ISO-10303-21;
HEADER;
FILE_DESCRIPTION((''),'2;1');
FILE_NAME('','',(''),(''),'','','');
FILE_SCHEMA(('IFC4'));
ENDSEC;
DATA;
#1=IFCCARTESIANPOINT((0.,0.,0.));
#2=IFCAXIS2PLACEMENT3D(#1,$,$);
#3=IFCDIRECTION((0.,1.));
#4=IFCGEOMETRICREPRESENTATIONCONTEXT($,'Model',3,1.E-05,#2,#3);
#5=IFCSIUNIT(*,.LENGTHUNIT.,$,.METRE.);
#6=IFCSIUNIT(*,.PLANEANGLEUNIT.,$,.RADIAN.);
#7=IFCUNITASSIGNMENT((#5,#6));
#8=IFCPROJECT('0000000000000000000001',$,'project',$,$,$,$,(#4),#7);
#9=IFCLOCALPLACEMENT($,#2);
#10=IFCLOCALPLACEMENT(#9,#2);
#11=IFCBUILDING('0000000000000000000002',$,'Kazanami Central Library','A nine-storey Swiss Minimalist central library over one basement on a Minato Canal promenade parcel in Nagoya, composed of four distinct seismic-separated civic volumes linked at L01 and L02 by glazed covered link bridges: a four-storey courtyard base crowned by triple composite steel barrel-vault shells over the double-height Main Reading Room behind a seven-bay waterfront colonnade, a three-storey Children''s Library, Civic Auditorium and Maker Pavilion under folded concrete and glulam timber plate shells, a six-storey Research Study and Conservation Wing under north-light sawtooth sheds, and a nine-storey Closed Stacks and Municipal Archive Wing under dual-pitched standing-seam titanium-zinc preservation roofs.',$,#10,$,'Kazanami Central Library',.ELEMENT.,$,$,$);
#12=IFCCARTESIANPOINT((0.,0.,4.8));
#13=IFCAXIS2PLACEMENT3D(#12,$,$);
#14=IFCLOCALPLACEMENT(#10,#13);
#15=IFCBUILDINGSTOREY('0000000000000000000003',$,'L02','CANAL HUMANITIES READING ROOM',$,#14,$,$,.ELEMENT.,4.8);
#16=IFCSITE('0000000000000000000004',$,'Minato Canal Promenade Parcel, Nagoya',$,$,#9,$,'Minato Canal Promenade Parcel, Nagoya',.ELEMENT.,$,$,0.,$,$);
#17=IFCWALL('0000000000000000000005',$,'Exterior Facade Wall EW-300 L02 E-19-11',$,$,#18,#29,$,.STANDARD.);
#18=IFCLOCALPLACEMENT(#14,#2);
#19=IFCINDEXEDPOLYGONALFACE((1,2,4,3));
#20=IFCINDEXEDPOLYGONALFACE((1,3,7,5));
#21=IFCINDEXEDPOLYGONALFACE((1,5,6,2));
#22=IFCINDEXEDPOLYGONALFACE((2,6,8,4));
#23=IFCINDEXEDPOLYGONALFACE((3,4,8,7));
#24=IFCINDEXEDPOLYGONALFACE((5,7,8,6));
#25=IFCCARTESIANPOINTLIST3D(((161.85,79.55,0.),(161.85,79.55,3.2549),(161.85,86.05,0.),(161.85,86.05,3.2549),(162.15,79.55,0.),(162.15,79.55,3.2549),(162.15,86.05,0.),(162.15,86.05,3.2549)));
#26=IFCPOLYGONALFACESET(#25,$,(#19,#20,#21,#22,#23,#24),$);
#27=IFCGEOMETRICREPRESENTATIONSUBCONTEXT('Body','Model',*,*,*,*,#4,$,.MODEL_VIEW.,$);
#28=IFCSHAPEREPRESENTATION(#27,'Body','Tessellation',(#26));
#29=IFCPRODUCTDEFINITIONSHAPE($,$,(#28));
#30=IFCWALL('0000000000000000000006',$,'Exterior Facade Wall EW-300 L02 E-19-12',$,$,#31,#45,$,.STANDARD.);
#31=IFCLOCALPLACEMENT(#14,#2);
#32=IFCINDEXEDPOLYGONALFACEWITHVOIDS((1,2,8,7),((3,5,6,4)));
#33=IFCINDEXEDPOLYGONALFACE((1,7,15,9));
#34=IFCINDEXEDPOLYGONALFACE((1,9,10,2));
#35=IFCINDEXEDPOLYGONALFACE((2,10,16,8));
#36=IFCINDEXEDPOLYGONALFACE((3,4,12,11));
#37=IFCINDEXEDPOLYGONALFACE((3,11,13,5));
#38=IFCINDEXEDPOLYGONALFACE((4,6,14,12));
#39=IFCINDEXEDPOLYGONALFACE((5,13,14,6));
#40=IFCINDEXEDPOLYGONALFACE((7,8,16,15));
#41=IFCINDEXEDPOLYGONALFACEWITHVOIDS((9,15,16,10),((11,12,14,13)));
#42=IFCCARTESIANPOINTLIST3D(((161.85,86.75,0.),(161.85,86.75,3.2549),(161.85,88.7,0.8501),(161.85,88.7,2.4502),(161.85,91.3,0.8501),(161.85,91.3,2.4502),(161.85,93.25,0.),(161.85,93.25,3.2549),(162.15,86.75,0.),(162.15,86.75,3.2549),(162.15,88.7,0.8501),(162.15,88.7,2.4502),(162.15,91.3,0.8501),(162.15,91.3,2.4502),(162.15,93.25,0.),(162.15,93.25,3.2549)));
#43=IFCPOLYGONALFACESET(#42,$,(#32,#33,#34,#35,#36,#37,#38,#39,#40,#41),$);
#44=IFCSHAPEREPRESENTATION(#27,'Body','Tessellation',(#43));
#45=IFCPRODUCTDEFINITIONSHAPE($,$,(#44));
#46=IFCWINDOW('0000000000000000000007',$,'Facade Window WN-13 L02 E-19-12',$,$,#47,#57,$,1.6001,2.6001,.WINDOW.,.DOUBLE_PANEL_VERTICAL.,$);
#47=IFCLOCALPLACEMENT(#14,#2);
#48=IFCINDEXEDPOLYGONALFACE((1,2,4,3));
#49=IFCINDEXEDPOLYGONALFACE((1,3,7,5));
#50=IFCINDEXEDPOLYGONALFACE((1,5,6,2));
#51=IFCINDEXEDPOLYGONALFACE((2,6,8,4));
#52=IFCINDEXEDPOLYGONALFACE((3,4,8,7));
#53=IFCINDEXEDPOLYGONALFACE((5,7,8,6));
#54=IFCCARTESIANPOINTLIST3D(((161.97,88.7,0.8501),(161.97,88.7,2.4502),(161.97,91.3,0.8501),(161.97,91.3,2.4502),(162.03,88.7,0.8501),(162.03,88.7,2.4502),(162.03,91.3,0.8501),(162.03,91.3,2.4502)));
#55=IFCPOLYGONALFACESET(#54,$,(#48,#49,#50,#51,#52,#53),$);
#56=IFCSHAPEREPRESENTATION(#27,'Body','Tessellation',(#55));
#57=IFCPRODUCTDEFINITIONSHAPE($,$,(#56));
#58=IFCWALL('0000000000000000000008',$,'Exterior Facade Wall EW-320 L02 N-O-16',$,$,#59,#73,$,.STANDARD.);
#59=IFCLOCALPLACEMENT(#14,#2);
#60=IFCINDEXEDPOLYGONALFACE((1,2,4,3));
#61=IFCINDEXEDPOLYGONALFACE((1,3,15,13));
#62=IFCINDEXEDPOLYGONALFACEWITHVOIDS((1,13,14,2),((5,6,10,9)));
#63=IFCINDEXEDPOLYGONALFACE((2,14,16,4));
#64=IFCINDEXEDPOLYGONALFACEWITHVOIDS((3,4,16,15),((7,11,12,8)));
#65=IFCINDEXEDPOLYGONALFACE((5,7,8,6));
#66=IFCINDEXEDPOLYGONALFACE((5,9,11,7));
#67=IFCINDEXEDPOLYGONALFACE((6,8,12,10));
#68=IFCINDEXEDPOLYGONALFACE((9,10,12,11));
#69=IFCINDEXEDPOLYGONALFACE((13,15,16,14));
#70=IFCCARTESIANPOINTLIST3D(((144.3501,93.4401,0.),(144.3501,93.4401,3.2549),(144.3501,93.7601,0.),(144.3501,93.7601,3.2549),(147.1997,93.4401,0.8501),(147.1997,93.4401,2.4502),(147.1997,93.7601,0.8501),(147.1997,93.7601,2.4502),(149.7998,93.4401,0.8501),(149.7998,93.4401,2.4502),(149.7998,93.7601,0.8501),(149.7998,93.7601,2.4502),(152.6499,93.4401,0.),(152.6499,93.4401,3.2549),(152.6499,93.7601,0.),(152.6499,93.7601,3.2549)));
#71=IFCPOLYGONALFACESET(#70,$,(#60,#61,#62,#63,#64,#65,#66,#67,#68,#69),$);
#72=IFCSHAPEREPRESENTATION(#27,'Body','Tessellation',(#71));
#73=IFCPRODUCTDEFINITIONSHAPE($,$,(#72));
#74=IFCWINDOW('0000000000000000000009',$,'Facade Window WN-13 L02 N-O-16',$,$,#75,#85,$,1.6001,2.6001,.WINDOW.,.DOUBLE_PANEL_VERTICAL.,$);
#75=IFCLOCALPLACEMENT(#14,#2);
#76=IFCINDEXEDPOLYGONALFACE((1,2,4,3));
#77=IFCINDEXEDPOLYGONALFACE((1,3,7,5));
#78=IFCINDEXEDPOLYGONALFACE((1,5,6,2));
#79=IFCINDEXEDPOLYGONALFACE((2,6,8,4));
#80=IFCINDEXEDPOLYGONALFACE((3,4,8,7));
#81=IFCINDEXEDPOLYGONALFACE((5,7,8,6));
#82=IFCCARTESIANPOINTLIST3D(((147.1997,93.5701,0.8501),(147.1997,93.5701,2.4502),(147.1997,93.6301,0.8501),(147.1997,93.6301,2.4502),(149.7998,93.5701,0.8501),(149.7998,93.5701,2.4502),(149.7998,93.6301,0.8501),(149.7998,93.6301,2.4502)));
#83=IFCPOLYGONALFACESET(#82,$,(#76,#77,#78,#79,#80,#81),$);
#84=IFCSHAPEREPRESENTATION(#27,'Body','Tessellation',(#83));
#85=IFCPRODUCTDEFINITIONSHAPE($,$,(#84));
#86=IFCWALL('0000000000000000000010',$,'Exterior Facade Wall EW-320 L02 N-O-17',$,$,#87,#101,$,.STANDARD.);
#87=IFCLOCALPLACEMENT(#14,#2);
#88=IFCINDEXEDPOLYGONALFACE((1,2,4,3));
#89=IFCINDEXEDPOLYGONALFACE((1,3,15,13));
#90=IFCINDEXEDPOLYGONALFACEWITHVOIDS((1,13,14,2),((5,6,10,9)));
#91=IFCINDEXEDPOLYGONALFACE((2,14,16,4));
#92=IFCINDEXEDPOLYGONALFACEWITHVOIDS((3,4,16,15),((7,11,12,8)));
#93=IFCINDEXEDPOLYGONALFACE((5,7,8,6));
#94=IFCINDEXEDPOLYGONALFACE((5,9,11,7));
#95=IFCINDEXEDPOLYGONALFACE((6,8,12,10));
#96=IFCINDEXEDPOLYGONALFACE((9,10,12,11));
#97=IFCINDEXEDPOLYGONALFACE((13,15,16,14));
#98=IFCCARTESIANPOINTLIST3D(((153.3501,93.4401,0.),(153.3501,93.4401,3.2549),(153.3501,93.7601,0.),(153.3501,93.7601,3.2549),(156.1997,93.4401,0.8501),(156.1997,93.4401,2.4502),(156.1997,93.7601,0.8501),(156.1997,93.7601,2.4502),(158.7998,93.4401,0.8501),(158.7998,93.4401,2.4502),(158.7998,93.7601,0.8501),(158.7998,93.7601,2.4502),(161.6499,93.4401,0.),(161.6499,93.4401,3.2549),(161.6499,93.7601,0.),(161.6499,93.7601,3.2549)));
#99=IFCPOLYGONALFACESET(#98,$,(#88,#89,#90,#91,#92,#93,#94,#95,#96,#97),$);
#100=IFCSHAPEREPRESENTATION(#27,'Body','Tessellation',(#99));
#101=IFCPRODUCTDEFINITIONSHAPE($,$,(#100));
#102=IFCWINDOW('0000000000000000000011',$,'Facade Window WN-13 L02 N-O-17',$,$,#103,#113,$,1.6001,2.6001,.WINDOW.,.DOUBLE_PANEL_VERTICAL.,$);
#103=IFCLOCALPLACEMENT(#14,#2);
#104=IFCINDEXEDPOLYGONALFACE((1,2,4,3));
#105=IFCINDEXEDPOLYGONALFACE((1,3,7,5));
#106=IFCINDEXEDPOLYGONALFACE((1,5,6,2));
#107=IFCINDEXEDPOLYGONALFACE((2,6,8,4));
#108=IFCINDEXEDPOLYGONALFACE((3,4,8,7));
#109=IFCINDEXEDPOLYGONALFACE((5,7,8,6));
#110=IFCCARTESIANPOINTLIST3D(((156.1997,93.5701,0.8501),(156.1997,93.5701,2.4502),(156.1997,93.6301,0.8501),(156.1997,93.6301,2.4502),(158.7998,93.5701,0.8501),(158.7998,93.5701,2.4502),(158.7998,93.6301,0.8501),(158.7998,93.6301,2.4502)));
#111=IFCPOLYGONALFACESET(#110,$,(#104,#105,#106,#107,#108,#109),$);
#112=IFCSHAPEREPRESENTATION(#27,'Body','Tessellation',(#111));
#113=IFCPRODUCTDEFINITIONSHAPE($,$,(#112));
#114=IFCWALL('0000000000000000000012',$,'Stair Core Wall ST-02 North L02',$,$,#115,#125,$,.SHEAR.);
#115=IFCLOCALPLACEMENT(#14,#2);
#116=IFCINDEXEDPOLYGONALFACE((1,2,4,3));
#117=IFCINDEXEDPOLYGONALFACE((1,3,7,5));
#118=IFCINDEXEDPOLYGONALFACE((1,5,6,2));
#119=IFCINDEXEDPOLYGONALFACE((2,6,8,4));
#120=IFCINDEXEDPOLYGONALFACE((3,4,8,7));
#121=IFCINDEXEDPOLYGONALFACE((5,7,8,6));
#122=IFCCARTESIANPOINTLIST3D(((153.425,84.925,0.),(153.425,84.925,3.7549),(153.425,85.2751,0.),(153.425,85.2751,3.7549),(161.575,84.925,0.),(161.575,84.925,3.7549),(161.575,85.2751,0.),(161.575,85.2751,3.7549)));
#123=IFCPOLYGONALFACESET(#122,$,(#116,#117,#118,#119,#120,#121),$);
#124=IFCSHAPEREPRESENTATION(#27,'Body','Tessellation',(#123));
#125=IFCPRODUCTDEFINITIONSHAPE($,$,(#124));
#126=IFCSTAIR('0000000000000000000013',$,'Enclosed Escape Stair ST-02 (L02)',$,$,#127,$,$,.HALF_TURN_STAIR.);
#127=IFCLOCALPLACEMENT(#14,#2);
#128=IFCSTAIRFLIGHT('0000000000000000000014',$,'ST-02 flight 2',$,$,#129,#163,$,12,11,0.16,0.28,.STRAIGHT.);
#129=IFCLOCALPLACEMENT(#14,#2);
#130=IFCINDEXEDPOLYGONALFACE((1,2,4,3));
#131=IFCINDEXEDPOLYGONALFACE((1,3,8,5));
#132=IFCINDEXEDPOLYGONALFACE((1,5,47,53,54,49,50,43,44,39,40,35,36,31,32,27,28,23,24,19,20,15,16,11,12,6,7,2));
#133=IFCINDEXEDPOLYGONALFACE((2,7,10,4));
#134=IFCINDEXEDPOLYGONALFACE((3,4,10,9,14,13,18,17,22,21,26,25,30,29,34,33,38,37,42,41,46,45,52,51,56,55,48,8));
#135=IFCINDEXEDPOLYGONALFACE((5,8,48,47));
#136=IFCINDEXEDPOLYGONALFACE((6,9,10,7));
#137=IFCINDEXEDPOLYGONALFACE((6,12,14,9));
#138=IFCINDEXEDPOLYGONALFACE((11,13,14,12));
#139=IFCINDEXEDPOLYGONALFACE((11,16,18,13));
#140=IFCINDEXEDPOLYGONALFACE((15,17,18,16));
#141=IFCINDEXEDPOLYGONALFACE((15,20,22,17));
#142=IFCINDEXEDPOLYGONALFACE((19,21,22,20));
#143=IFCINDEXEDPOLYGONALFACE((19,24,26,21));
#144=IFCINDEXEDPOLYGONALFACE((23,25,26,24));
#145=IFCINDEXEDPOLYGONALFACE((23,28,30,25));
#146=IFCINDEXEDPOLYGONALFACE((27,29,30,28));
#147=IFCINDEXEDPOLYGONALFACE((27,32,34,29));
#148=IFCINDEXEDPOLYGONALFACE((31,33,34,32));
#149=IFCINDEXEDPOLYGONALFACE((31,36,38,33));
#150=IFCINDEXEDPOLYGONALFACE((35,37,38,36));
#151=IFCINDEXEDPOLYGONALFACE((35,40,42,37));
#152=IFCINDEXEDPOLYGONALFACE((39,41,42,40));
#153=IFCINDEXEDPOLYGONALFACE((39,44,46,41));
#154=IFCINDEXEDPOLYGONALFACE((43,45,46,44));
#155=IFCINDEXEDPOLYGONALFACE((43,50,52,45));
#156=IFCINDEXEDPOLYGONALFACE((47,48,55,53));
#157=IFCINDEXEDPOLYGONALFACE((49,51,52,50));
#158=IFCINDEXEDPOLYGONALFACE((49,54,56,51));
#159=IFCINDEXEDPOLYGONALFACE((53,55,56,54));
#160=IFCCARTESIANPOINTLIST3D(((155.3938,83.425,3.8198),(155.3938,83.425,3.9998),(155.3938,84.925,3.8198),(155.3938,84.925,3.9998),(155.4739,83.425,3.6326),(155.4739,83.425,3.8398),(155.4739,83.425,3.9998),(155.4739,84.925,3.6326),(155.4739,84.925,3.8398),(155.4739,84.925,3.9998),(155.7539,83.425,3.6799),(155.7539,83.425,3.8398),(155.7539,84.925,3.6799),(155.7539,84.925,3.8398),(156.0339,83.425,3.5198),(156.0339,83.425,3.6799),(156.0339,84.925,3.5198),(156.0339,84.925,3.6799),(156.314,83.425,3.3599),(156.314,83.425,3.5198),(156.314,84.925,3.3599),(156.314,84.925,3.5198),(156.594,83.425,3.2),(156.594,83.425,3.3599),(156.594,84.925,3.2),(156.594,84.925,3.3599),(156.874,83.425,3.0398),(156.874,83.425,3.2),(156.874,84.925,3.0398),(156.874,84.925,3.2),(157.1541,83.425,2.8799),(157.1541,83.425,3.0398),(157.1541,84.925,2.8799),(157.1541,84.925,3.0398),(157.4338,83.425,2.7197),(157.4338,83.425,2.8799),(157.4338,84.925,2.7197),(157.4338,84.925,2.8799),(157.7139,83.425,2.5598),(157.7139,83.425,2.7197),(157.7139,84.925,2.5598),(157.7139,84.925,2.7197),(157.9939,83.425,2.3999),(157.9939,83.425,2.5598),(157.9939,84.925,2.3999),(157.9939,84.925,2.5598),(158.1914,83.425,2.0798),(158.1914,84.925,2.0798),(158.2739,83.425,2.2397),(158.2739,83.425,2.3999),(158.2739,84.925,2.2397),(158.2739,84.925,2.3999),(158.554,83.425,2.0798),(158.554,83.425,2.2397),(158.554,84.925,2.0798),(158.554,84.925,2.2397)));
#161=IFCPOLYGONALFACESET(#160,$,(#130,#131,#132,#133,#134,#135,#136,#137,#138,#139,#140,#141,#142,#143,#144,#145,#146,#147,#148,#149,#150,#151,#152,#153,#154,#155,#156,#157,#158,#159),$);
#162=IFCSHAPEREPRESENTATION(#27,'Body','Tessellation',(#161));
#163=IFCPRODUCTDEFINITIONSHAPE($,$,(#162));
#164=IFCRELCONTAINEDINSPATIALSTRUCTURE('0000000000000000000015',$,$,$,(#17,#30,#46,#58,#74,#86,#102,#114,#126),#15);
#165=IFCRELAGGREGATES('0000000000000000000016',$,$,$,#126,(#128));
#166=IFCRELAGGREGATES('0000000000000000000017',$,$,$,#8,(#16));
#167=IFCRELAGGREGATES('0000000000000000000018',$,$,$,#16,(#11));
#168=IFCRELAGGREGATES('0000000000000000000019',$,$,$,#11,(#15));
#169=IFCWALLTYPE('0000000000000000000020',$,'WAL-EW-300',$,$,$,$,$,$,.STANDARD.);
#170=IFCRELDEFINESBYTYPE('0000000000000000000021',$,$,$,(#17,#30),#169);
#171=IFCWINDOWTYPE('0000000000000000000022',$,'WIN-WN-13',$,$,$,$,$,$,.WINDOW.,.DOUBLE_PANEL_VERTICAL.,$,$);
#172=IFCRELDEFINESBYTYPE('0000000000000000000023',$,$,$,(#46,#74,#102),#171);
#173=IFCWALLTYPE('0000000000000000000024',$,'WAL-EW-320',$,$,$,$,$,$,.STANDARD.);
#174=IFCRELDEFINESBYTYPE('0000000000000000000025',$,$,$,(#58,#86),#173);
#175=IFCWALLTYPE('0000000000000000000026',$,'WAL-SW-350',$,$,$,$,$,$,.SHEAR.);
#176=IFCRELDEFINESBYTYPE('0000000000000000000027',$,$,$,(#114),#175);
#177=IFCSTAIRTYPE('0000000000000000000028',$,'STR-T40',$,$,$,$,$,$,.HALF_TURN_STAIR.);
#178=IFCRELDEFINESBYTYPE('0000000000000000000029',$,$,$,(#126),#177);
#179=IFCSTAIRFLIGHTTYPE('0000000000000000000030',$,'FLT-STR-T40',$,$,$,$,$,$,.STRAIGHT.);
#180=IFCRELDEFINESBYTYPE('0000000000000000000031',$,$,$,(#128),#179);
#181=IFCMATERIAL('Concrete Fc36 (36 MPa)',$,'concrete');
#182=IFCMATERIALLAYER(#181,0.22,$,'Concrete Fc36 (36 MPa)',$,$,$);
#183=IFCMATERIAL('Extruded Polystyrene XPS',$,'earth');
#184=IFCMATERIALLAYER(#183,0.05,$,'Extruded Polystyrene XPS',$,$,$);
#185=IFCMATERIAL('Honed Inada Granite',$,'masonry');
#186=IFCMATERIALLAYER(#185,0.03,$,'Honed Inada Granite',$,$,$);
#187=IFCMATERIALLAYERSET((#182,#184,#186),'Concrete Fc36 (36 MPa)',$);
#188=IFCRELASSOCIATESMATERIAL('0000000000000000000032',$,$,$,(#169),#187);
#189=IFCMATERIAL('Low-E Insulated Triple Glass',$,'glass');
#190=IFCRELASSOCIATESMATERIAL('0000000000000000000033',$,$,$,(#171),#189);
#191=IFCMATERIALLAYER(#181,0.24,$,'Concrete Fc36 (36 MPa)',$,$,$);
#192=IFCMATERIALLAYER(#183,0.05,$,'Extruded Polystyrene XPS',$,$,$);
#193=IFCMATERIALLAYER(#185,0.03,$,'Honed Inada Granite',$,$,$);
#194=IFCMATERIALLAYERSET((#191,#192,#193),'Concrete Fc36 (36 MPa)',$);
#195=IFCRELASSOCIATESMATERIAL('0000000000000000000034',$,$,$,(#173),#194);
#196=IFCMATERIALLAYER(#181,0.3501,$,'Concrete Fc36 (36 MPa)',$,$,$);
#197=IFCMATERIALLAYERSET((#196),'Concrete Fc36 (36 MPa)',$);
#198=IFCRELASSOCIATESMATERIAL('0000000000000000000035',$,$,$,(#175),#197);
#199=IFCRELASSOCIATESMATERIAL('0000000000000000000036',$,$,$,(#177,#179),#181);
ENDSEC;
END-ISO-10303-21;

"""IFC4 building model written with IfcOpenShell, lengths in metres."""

from ifc_helpers import new_model, si_unit, direction, frame, frame_2d, origin, place, context, subcontext, project, spatial, polyline, rectangle, outline, extrude, material, layer, layer_set, type_object, element, fill, aggregate, save


model = new_model("IFC4")

# Units and contexts
model_context = context("Model", 3, precision=1e-05, world=origin(), true_north=direction((0.0, 1.0)))
body_context = subcontext(model_context, "Body", "Model", "MODEL_VIEW")
ifc_project = project(units=[si_unit("LENGTHUNIT", "METRE"), si_unit("PLANEANGLEUNIT", "RADIAN")], contexts=[model_context])

# Site, building, storey
site_placement = place(None, origin())
site = spatial("IfcSite", under=ifc_project, at=site_placement, Name="Minato Canal Promenade Parcel, Nagoya", LongName="Minato Canal Promenade Parcel, Nagoya", CompositionType="ELEMENT", RefElevation=0.0)
building_placement = place(site_placement, origin())
building = spatial("IfcBuilding", under=site, at=building_placement, Name="Kazanami Central Library", Description="A nine-storey Swiss Minimalist central library over one basement on a Minato Canal promenade parcel in Nagoya, composed of four distinct seismic-separated civic volumes linked at L01 and L02 by glazed covered link bridges: a four-storey courtyard base crowned by triple composite steel barrel-vault shells over the double-height Main Reading Room behind a seven-bay waterfront colonnade, a three-storey Children's Library, Civic Auditorium and Maker Pavilion under folded concrete and glulam timber plate shells, a six-storey Research Study and Conservation Wing under north-light sawtooth sheds, and a nine-storey Closed Stacks and Municipal Archive Wing under dual-pitched standing-seam titanium-zinc preservation roofs.", LongName="Kazanami Central Library", CompositionType="ELEMENT")
storey_placement = place(building_placement, frame((0.0, 0.0, 4.8)))
storey = spatial("IfcBuildingStorey", under=building, at=storey_placement, Name="L02", Description="CANAL HUMANITIES READING ROOM", CompositionType="ELEMENT", Elevation=4.8)

# Wall
ifc_material_1 = material(Name="Concrete Fc36 (36 MPa)", Category="concrete")
ifc_layer_1 = layer(ifc_material_1, 0.22, Name="Concrete Fc36 (36 MPa)")
ifc_material_2 = material(Name="Extruded Polystyrene XPS", Category="earth")
ifc_layer_2 = layer(ifc_material_2, 0.05, Name="Extruded Polystyrene XPS")
ifc_material_3 = material(Name="Honed Inada Granite", Category="masonry")
ifc_layer_3 = layer(ifc_material_3, 0.03, Name="Honed Inada Granite")
ifc_layer_set_1 = layer_set([ifc_layer_1, ifc_layer_2, ifc_layer_3], Name="Concrete Fc36 (36 MPa)")
wall_type_1 = type_object("IfcWallType", Name="WAL-EW-300", PredefinedType="STANDARD", material=ifc_layer_set_1)
wall_1_placement = place(storey_placement, frame((162.0, 86.05, 0.0), z_axis=(0.0, 0.0, 1.0), x_axis=(0.0, -1.0, 0.0)))
element("IfcWall", 1, at=wall_1_placement, inside=storey, type_object=wall_type_1, Name="Exterior Facade Wall EW-300 L02 E-19-11", PredefinedType="STANDARD", context=body_context, shape_type="SweptSolid", body=[
    extrude(rectangle(XDim=6.5, YDim=0.3, at=frame_2d((3.25, 0.0))), origin(), (0.0, 0.0, 1.0), 3.2549),
])

# Walls, openings, windows
wall_2_placement = place(storey_placement, frame((162.0, 93.25, 0.0), z_axis=(0.0, 0.0, 1.0), x_axis=(0.0, -1.0, 0.0)))
wall_2 = element("IfcWall", 2, at=wall_2_placement, inside=storey, type_object=wall_type_1, Name="Exterior Facade Wall EW-300 L02 E-19-12", PredefinedType="STANDARD", context=body_context, shape_type="SweptSolid", body=[
    extrude(rectangle(XDim=6.5, YDim=0.3, at=frame_2d((3.25, 0.0))), origin(), (0.0, 0.0, 1.0), 3.2549),
])
opening_1_placement = place(wall_2_placement, frame((1.95, 0.0, 0.8501)))
opening_1 = element("IfcOpeningElement", 3, at=opening_1_placement, cuts=wall_2, PredefinedType="OPENING", context=body_context, shape_type="SweptSolid", body=[
    extrude(rectangle(XDim=2.6001, YDim=1.6001, at=frame_2d((1.3, 0.8))), frame((0.0, 0.1621, 0.0), z_axis=(0.0, -1.0, 0.0), x_axis=(1.0, 0.0, 0.0)), (0.0, 0.0, 1.0), 0.324),
])
ifc_material_4 = material(Name="Low-E Insulated Triple Glass", Category="glass")
window_type = type_object("IfcWindowType", Name="WIN-WN-13", PartitioningType="DOUBLE_PANEL_VERTICAL", PredefinedType="WINDOW", material=ifc_material_4)
window_1_placement = place(opening_1_placement, origin())
window_1 = element("IfcWindow", 4, at=window_1_placement, inside=storey, type_object=window_type, Name="Facade Window WN-13 L02 E-19-12", OverallHeight=1.6001, OverallWidth=2.6001, PartitioningType="DOUBLE_PANEL_VERTICAL", PredefinedType="WINDOW", context=body_context, shape_type="SweptSolid", body=[
    extrude(rectangle(XDim=2.6001, YDim=1.6001, at=frame_2d((1.3, 0.8))), frame((0.0, 0.03, 0.0), z_axis=(0.0, -1.0, 0.0), x_axis=(1.0, 0.0, 0.0)), (0.0, 0.0, 1.0), 0.0601),
])
fill(opening_1, window_1)
ifc_layer_4 = layer(ifc_material_1, 0.24, Name="Concrete Fc36 (36 MPa)")
ifc_layer_5 = layer(ifc_material_2, 0.05, Name="Extruded Polystyrene XPS")
ifc_layer_6 = layer(ifc_material_3, 0.03, Name="Honed Inada Granite")
ifc_layer_set_2 = layer_set([ifc_layer_4, ifc_layer_5, ifc_layer_6], Name="Concrete Fc36 (36 MPa)")
wall_type_2 = type_object("IfcWallType", Name="WAL-EW-320", PredefinedType="STANDARD", material=ifc_layer_set_2)
wall_3_placement = place(storey_placement, frame((152.6499, 93.6001, 0.0), z_axis=(0.0, 0.0, 1.0), x_axis=(-1.0, 0.0, 0.0)))
wall_3 = element("IfcWall", 5, at=wall_3_placement, inside=storey, type_object=wall_type_2, Name="Exterior Facade Wall EW-320 L02 N-O-16", PredefinedType="STANDARD", context=body_context, shape_type="SweptSolid", body=[
    extrude(rectangle(XDim=8.2998, YDim=0.3201, at=frame_2d((4.1499, 0.0))), origin(), (0.0, 0.0, 1.0), 3.2549),
])
opening_2_placement = place(wall_3_placement, frame((2.8501, 0.0, 0.8501)))
opening_2 = element("IfcOpeningElement", 6, at=opening_2_placement, cuts=wall_3, PredefinedType="OPENING", context=body_context, shape_type="SweptSolid", body=[
    extrude(rectangle(XDim=2.6001, YDim=1.6001, at=frame_2d((1.3, 0.8))), frame((0.0, 0.1719, 0.0), z_axis=(0.0, -1.0, 0.0), x_axis=(1.0, 0.0, 0.0)), (0.0, 0.0, 1.0), 0.344),
])
window_2_placement = place(opening_2_placement, origin())
window_2 = element("IfcWindow", 7, at=window_2_placement, inside=storey, type_object=window_type, Name="Facade Window WN-13 L02 N-O-16", OverallHeight=1.6001, OverallWidth=2.6001, PartitioningType="DOUBLE_PANEL_VERTICAL", PredefinedType="WINDOW", context=body_context, shape_type="SweptSolid", body=[
    extrude(rectangle(XDim=2.6001, YDim=1.6001, at=frame_2d((1.3, 0.8))), frame((0.0, 0.03, 0.0), z_axis=(0.0, -1.0, 0.0), x_axis=(1.0, 0.0, 0.0)), (0.0, 0.0, 1.0), 0.0601),
])
fill(opening_2, window_2)
wall_4_placement = place(storey_placement, frame((161.6499, 93.6001, 0.0), z_axis=(0.0, 0.0, 1.0), x_axis=(-1.0, 0.0, 0.0)))
wall_4 = element("IfcWall", 8, at=wall_4_placement, inside=storey, type_object=wall_type_2, Name="Exterior Facade Wall EW-320 L02 N-O-17", PredefinedType="STANDARD", context=body_context, shape_type="SweptSolid", body=[
    extrude(rectangle(XDim=8.2998, YDim=0.3201, at=frame_2d((4.1499, 0.0))), origin(), (0.0, 0.0, 1.0), 3.2549),
])
opening_3_placement = place(wall_4_placement, frame((2.8501, 0.0, 0.8501)))
opening_3 = element("IfcOpeningElement", 9, at=opening_3_placement, cuts=wall_4, PredefinedType="OPENING", context=body_context, shape_type="SweptSolid", body=[
    extrude(rectangle(XDim=2.6001, YDim=1.6001, at=frame_2d((1.3, 0.8))), frame((0.0, 0.1719, 0.0), z_axis=(0.0, -1.0, 0.0), x_axis=(1.0, 0.0, 0.0)), (0.0, 0.0, 1.0), 0.344),
])
window_3_placement = place(opening_3_placement, origin())
window_3 = element("IfcWindow", 10, at=window_3_placement, inside=storey, type_object=window_type, Name="Facade Window WN-13 L02 N-O-17", OverallHeight=1.6001, OverallWidth=2.6001, PartitioningType="DOUBLE_PANEL_VERTICAL", PredefinedType="WINDOW", context=body_context, shape_type="SweptSolid", body=[
    extrude(rectangle(XDim=2.6001, YDim=1.6001, at=frame_2d((1.3, 0.8))), frame((0.0, 0.03, 0.0), z_axis=(0.0, -1.0, 0.0), x_axis=(1.0, 0.0, 0.0)), (0.0, 0.0, 1.0), 0.0601),
])
fill(opening_3, window_3)

# Wall
ifc_layer_7 = layer(ifc_material_1, 0.3501, Name="Concrete Fc36 (36 MPa)")
ifc_layer_set_3 = layer_set([ifc_layer_7], Name="Concrete Fc36 (36 MPa)")
wall_type_3 = type_object("IfcWallType", Name="WAL-SW-350", PredefinedType="SHEAR", material=ifc_layer_set_3)
wall_5_placement = place(storey_placement, frame((153.425, 85.1001, 0.0), z_axis=(0.0, 0.0, 1.0), x_axis=(1.0, 0.0, 0.0)))
element("IfcWall", 11, at=wall_5_placement, inside=storey, type_object=wall_type_3, Name="Stair Core Wall ST-02 North L02", PredefinedType="SHEAR", context=body_context, shape_type="SweptSolid", body=[
    extrude(rectangle(XDim=8.1499, YDim=0.3501, at=frame_2d((4.075, 0.0))), origin(), (0.0, 0.0, 1.0), 3.7549),
])

# Stair, stair flight
stair_type = type_object("IfcStairType", Name="STR-T40", PredefinedType="HALF_TURN_STAIR", material=ifc_material_1)
stair_placement = place(storey_placement, origin())
stair = element("IfcStair", 12, at=stair_placement, inside=storey, type_object=stair_type, Name="Enclosed Escape Stair ST-02 (L02)", PredefinedType="HALF_TURN_STAIR")
stair_flight_type = type_object("IfcStairFlightType", Name="FLT-STR-T40", PredefinedType="STRAIGHT", material=ifc_material_1)
stair_flight_placement = place(storey_placement, frame((158.554, 84.175, 2.0798), z_axis=(0.0, 0.0, 1.0), x_axis=(-1.0, 0.0, 0.0)))
stair_flight = element("IfcStairFlight", 13, at=stair_flight_placement, type_object=stair_flight_type, Name="ST-02 flight 2", NumberOfRisers=12, NumberOfTreads=11, PredefinedType="STRAIGHT", RiserHeight=0.16, TreadLength=0.28, context=body_context, shape_type="SweptSolid", body=[
    extrude(outline(polyline([(0.0, 0.0), (0.0, 0.1599), (0.28, 0.1599), (0.28, 0.3201), (0.5601, 0.3201), (0.5601, 0.48), (0.8401, 0.48), (0.8401, 0.6399), (1.1201, 0.6399), (1.1201, 0.8), (1.3999, 0.8), (1.3999, 0.96), (1.6799, 0.96), (1.6799, 1.1201), (1.96, 1.1201), (1.96, 1.28), (2.24, 1.28), (2.24, 1.4399), (2.52, 1.4399), (2.52, 1.6001), (2.8, 1.6001), (2.8, 1.76), (3.0801, 1.76), (3.0801, 1.9199), (3.1602, 1.9199), (3.1602, 1.74), (3.0801, 1.5527), (0.3625, 0.0), (0.0, 0.0)])), frame((0.0, 0.75, 0.0), z_axis=(0.0, -1.0, 0.0), x_axis=(1.0, 0.0, 0.0)), (0.0, 0.0, 1.0), 1.5),
])
aggregate(stair, [stair_flight])

save(model, "model.ifc")
